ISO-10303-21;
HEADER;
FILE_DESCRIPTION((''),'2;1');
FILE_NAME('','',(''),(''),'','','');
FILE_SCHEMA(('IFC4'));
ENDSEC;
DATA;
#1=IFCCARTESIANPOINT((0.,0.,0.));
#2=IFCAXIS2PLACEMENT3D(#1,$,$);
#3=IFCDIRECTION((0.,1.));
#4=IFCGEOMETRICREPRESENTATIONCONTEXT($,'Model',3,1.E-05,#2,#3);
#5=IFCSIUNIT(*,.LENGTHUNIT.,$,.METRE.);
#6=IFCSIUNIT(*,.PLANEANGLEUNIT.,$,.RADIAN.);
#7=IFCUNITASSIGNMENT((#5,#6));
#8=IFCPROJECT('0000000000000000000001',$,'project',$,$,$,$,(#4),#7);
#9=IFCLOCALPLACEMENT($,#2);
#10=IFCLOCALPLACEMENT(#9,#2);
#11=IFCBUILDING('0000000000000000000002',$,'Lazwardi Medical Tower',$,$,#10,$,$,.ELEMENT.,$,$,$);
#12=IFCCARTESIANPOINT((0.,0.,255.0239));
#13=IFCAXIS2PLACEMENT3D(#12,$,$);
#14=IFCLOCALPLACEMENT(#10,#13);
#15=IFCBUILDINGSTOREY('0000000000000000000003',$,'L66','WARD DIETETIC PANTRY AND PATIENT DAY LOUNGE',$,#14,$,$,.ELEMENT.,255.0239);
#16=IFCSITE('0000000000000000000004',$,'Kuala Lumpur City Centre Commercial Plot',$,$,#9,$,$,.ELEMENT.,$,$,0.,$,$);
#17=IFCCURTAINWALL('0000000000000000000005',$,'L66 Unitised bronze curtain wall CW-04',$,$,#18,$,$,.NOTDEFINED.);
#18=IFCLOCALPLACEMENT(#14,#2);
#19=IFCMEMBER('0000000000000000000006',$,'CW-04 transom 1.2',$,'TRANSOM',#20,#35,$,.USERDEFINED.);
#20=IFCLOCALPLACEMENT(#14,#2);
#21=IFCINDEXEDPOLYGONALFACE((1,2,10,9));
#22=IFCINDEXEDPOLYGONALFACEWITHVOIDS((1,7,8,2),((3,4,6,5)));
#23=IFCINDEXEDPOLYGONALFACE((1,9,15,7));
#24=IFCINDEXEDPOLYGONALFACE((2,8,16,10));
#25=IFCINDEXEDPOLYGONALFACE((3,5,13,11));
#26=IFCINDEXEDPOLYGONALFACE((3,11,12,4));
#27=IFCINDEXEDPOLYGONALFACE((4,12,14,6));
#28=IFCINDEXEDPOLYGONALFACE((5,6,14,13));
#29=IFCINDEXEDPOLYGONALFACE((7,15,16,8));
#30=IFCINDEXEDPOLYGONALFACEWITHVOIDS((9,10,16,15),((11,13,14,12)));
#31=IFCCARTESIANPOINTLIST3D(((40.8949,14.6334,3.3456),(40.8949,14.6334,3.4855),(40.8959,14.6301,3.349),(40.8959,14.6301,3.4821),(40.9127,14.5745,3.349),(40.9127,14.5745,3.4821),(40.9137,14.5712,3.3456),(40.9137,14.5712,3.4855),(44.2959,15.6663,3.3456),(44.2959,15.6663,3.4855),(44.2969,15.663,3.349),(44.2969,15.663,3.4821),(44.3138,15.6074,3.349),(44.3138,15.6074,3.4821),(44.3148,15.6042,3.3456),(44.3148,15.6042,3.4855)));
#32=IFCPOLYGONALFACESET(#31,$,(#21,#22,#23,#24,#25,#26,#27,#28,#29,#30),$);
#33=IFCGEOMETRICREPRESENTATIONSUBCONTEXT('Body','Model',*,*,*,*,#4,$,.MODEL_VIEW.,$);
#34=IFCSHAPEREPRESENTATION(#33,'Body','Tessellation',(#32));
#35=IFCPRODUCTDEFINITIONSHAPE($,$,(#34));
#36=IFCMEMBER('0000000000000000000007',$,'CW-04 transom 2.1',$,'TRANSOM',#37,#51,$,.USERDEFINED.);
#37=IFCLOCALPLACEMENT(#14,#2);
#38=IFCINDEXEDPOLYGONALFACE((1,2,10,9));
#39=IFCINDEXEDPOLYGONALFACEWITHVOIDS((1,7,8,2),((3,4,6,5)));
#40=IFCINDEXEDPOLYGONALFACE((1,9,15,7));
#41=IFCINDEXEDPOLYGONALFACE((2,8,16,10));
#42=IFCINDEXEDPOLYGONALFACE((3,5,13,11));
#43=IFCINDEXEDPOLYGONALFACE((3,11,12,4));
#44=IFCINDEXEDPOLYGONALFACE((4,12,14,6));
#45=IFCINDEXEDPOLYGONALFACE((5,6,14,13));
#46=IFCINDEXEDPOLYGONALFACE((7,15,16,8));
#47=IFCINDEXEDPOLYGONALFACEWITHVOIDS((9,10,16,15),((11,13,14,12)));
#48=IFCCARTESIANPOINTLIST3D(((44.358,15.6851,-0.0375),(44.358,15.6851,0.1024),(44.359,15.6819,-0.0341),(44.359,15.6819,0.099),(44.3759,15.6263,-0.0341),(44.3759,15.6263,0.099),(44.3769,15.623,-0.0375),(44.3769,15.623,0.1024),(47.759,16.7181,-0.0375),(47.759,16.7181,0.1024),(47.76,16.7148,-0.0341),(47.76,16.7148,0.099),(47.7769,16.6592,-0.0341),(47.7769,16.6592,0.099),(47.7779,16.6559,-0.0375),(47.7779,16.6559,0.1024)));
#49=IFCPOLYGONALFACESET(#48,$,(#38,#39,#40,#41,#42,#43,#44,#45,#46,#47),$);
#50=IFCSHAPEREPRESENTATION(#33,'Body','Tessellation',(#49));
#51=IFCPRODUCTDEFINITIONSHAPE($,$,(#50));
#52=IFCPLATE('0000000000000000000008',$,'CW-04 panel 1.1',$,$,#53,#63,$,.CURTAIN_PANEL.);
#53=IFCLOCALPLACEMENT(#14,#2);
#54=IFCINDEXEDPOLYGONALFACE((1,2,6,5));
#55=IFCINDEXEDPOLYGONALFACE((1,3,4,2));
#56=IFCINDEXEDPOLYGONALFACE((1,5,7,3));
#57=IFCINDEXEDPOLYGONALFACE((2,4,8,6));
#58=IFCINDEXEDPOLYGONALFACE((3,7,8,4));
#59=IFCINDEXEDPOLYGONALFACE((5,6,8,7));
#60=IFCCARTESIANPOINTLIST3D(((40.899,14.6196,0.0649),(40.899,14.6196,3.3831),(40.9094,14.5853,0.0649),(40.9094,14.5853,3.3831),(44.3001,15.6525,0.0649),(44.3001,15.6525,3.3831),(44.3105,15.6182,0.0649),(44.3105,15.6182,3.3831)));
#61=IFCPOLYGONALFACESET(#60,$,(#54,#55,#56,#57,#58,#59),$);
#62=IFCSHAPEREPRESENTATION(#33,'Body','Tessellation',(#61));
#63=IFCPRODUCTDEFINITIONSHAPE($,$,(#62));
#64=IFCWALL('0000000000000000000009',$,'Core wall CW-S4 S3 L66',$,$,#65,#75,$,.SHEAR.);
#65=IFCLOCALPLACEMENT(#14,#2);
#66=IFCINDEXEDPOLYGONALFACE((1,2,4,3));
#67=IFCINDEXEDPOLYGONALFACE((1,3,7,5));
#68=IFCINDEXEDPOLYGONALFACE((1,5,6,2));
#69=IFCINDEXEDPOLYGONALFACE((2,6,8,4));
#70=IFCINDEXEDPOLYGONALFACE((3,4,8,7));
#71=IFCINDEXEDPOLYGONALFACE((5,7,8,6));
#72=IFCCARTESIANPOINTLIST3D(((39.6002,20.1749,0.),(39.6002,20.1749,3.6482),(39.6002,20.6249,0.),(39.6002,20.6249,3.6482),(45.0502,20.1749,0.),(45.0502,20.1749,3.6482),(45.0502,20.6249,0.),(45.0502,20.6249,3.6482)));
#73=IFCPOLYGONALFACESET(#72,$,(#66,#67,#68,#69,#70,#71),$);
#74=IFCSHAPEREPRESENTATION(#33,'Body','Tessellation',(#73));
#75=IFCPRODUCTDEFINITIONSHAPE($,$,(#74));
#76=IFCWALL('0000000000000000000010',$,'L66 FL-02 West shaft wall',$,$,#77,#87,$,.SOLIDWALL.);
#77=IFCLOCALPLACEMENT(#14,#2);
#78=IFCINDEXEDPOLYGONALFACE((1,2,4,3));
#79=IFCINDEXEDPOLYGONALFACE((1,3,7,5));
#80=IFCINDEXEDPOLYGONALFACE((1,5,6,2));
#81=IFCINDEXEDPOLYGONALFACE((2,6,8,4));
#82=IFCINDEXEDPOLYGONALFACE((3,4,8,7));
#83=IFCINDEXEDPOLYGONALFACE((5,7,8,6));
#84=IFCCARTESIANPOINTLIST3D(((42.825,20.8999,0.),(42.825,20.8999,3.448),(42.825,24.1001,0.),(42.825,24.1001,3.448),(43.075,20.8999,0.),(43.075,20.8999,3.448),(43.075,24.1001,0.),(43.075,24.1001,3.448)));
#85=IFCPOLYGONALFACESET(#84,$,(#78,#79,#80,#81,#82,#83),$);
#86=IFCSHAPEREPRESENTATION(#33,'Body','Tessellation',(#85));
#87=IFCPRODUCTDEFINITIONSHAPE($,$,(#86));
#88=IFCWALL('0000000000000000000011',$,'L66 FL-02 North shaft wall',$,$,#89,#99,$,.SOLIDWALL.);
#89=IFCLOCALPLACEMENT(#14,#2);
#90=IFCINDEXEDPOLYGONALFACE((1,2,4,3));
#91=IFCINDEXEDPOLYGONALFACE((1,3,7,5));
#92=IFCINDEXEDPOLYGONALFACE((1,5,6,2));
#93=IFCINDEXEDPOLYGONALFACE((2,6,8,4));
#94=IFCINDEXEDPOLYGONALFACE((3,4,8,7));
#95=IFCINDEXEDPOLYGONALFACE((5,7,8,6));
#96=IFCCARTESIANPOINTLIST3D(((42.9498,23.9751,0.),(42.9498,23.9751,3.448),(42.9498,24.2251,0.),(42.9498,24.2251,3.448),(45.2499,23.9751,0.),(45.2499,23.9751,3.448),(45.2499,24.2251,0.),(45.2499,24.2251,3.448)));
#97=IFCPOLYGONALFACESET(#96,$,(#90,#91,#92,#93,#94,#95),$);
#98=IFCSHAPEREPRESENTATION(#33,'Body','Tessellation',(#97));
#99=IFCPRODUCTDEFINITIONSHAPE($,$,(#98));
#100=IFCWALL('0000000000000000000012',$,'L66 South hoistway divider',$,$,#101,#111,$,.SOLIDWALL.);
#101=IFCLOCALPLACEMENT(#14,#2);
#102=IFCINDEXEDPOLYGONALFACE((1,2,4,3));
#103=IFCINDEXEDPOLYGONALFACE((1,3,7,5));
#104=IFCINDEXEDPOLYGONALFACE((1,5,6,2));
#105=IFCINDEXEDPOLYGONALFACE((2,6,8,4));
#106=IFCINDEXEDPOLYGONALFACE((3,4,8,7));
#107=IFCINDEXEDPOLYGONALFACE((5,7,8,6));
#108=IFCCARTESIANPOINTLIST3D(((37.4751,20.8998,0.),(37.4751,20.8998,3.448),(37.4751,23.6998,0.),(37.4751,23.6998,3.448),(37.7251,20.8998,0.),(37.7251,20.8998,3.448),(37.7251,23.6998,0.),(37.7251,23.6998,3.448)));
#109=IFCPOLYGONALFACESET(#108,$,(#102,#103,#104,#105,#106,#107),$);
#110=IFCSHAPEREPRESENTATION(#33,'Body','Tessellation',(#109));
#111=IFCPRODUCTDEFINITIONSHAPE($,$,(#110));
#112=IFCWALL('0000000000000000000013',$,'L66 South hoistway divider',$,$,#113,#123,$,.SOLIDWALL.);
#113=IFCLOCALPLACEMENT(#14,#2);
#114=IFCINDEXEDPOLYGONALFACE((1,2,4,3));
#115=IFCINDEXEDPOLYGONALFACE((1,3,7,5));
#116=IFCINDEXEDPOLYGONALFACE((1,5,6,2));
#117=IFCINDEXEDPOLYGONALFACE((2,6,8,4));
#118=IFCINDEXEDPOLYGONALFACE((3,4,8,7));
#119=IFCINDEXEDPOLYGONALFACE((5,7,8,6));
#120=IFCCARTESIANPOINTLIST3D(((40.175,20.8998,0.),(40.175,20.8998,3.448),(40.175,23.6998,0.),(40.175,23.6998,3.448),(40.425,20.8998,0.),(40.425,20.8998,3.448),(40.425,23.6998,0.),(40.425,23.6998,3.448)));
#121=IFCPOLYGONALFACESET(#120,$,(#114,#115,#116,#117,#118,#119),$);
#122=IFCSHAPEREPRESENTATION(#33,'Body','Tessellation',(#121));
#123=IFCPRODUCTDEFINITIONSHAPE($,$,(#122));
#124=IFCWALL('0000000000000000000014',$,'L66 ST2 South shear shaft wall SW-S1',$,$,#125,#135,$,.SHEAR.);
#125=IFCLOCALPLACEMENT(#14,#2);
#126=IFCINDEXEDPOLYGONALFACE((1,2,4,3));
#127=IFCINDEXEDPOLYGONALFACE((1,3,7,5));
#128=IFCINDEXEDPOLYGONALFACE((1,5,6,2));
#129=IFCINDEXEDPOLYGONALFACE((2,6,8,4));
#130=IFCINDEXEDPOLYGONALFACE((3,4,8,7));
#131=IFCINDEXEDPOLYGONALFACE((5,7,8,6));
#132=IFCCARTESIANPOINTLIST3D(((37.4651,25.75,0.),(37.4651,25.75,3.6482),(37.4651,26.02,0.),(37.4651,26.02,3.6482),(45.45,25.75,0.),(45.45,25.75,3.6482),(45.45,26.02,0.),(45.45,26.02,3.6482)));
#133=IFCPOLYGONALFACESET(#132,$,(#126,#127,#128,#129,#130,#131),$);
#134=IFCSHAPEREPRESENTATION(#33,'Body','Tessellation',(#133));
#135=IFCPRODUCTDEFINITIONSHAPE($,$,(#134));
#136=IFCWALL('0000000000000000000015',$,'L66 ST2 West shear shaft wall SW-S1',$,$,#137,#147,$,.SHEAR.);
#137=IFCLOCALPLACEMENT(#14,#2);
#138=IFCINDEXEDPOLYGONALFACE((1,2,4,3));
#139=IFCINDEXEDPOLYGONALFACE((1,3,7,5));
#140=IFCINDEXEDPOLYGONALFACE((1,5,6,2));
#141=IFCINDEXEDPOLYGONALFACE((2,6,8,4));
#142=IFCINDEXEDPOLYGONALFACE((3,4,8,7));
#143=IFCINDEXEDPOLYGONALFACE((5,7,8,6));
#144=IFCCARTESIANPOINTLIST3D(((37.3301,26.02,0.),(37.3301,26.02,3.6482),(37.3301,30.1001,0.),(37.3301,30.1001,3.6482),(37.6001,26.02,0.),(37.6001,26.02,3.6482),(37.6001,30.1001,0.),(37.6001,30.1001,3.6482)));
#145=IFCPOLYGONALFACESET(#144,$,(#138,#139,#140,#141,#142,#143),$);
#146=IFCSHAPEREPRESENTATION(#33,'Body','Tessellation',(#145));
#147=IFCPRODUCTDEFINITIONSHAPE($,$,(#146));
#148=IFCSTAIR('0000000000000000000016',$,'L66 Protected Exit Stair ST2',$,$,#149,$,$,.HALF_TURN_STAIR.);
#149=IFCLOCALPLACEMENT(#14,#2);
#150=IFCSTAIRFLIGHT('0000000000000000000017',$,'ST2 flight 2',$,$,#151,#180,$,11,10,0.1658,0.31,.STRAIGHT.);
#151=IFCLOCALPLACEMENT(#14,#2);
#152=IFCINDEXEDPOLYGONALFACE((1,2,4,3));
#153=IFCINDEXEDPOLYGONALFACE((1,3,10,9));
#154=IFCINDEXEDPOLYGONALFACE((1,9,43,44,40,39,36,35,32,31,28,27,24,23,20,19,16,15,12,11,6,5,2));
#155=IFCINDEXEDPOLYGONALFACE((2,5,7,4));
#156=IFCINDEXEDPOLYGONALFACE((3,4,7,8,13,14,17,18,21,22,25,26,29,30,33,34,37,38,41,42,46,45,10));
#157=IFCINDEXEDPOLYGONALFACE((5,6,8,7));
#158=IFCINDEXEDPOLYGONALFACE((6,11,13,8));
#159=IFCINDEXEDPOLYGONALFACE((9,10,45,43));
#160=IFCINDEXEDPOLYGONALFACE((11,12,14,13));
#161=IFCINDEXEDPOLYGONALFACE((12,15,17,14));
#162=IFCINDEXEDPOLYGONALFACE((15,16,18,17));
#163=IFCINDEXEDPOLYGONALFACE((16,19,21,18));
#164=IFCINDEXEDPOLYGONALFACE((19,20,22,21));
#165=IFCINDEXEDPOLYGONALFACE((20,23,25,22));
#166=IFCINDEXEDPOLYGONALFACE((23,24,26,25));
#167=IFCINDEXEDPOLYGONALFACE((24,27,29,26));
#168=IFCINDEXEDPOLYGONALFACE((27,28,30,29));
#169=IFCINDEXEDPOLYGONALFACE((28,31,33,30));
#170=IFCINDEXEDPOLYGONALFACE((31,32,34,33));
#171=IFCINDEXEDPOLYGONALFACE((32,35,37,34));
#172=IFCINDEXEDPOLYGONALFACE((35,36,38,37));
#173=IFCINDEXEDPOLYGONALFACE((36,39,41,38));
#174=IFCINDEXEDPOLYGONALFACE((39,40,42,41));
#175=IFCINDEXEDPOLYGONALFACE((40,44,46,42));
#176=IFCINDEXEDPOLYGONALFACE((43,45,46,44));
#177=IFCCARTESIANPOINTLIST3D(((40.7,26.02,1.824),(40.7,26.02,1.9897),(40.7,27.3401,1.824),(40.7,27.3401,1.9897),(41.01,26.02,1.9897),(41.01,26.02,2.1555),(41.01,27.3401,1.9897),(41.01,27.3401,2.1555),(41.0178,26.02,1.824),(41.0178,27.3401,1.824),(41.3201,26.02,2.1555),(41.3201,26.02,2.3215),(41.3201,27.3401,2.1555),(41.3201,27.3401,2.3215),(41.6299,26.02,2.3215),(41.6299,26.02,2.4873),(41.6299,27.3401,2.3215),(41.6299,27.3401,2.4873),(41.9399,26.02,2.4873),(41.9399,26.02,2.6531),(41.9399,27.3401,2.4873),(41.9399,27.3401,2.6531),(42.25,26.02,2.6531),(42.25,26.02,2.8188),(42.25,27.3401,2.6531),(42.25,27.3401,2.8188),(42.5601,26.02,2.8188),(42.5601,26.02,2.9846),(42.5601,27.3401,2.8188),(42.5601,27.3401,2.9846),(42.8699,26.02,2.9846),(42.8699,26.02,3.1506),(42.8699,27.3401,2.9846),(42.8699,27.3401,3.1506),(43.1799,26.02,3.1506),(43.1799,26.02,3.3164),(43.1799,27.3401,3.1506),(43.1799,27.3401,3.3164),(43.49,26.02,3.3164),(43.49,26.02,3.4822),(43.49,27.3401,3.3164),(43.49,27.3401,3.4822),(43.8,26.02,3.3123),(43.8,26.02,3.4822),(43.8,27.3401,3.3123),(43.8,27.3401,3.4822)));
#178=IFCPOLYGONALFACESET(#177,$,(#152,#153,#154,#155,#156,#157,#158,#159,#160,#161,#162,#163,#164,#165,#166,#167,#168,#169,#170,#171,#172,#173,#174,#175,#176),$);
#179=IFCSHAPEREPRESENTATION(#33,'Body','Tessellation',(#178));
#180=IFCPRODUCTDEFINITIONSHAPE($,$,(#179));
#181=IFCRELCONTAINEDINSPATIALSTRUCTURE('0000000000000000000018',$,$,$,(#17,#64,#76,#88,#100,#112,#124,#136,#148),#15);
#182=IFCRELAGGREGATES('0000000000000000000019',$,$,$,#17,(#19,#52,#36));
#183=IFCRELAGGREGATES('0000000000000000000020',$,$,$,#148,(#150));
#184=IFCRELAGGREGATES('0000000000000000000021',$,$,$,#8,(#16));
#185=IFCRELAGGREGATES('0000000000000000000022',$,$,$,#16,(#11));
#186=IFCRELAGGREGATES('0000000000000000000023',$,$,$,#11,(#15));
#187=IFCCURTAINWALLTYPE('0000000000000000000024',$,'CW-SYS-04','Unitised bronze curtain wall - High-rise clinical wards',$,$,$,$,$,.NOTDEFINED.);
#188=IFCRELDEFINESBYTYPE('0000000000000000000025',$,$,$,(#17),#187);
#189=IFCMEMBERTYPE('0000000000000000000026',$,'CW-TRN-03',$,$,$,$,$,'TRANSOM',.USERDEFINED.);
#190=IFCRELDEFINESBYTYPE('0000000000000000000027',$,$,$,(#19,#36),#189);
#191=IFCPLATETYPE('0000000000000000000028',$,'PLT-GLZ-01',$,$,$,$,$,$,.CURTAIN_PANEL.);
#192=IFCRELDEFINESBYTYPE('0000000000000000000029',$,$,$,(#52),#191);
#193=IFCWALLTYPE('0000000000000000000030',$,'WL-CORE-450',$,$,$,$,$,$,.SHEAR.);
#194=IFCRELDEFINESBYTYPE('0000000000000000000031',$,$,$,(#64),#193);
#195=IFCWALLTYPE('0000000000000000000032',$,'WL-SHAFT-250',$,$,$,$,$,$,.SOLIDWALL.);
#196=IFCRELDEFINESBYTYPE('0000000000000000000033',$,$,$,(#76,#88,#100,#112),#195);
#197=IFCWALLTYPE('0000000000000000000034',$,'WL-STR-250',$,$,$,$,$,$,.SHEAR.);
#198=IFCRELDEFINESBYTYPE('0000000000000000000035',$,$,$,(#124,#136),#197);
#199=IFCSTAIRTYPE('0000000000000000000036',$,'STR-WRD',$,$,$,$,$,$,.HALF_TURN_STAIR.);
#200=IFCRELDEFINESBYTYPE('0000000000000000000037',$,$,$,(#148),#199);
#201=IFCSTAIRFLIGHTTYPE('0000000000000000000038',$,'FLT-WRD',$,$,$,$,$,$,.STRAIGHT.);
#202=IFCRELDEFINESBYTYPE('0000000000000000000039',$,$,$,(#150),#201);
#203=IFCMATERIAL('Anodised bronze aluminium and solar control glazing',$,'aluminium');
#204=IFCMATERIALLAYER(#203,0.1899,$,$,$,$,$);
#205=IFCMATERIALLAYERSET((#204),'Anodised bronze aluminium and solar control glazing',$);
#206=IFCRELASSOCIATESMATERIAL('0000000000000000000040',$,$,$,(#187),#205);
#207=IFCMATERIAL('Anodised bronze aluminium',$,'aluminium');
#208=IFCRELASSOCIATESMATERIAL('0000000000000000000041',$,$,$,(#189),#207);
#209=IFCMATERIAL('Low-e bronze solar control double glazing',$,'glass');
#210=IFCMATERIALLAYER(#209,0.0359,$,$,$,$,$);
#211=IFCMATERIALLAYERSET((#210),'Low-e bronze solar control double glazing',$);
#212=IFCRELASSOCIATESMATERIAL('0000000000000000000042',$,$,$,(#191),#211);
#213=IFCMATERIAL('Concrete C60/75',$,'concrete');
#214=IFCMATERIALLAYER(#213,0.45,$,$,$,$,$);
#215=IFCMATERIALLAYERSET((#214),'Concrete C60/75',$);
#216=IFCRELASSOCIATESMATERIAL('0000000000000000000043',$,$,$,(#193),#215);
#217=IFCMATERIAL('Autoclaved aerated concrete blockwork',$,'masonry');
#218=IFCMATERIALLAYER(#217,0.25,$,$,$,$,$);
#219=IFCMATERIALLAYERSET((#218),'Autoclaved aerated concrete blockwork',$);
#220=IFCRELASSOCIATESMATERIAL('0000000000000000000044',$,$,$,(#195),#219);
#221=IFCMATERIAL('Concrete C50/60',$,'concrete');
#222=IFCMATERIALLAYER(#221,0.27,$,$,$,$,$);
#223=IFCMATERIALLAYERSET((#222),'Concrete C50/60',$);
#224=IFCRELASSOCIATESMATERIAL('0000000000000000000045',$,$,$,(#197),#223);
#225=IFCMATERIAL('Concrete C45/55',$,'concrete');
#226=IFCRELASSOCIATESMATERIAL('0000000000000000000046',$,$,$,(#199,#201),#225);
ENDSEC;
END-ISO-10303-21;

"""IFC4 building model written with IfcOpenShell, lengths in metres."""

from ifc_helpers import new_model, si_unit, direction, frame, frame_2d, origin, origin_2d, place, context, subcontext, project, spatial, polyline, rectangle, hollow_rectangle, outline, extrude, material, layer, layer_set, material_profile, profile_set, type_object, element, aggregate, save


model = new_model("IFC4")

# Units and contexts
model_context = context("Model", 3, precision=1e-05, world=origin(), true_north=direction((0.0, 1.0)))
body_context = subcontext(model_context, "Body", "Model", "MODEL_VIEW")
ifc_project = project(units=[si_unit("LENGTHUNIT", "METRE"), si_unit("PLANEANGLEUNIT", "RADIAN")], contexts=[model_context])

# Site, building, storey
site_placement = place(None, origin())
site = spatial("IfcSite", under=ifc_project, at=site_placement, Name="Kuala Lumpur City Centre Commercial Plot", CompositionType="ELEMENT", RefElevation=0.0)
building_placement = place(site_placement, origin())
building = spatial("IfcBuilding", under=site, at=building_placement, Name="Lazwardi Medical Tower", CompositionType="ELEMENT")
storey_placement = place(building_placement, frame((0.0, 0.0, 255.0239)))
storey = spatial("IfcBuildingStorey", under=building, at=storey_placement, Name="L66", Description="WARD DIETETIC PANTRY AND PATIENT DAY LOUNGE", CompositionType="ELEMENT", Elevation=255.0239)

# Shared definitions
ifc_material_1 = material(Name="Concrete C60/75", Category="concrete")

# Curtain wall, members, plate
ifc_material_2 = material(Name="Anodised bronze aluminium and solar control glazing", Category="aluminium")
ifc_layer_1 = layer(ifc_material_2, 0.1899)
ifc_layer_set_1 = layer_set([ifc_layer_1], Name="Anodised bronze aluminium and solar control glazing")
curtain_wall_type = type_object("IfcCurtainWallType", Name="CW-SYS-04", Description="Unitised bronze curtain wall - High-rise clinical wards", PredefinedType="NOTDEFINED", material=ifc_layer_set_1)
curtain_wall_placement = place(storey_placement, origin())
curtain_wall = element("IfcCurtainWall", 1, at=curtain_wall_placement, inside=storey, type_object=curtain_wall_type, Name="L66 Unitised bronze curtain wall CW-04", PredefinedType="NOTDEFINED")
ifc_material_3 = material(Name="Anodised bronze aluminium", Category="aluminium")
ifc_material_profile_1 = material_profile(ifc_material_3, hollow_rectangle(XDim=0.0649, YDim=0.1399, WallThickness=0.0034, at=origin_2d()), Name="ALU-TRANSOM 140x65x3.5")
ifc_profile_set_1 = profile_set([ifc_material_profile_1], Name="Anodised bronze aluminium")
member_type_1 = type_object("IfcMemberType", Name="CW-TRN-03", ElementType="TRANSOM", PredefinedType="USERDEFINED", material=ifc_profile_set_1)
member_1_placement = place(storey_placement, frame((40.9043, 14.6023, 3.4155), z_axis=(0.956843, 0.290604, 0.0), x_axis=(-0.290604, 0.956843, 0.0)))
member_1 = element("IfcMember", 2, at=member_1_placement, type_object=member_type_1, Name="CW-04 transom 1.2", ObjectType="TRANSOM", PredefinedType="USERDEFINED", context=body_context, shape_type="SweptSolid", body=[
    extrude(hollow_rectangle(XDim=0.0649, YDim=0.1399, WallThickness=0.0034, at=origin_2d()), origin(), (0.0, 0.0, 1.0), 3.5544),
])
member_2_placement = place(storey_placement, frame((44.3674, 15.6541, 0.0325), z_axis=(0.956843, 0.290604, 0.0), x_axis=(-0.290604, 0.956843, 0.0)))
member_2 = element("IfcMember", 3, at=member_2_placement, type_object=member_type_1, Name="CW-04 transom 2.1", ObjectType="TRANSOM", PredefinedType="USERDEFINED", context=body_context, shape_type="SweptSolid", body=[
    extrude(hollow_rectangle(XDim=0.0649, YDim=0.1399, WallThickness=0.0034, at=origin_2d()), origin(), (0.0, 0.0, 1.0), 3.5544),
])
ifc_material_4 = material(Name="Low-e bronze solar control double glazing", Category="glass")
ifc_layer_2 = layer(ifc_material_4, 0.0359)
ifc_layer_set_2 = layer_set([ifc_layer_2], Name="Low-e bronze solar control double glazing")
plate_type = type_object("IfcPlateType", Name="PLT-GLZ-01", PredefinedType="CURTAIN_PANEL", material=ifc_layer_set_2)
plate_placement = place(storey_placement, frame((42.6047, 15.1189, 0.0649), z_axis=(0.0, 0.0, 1.0), x_axis=(0.95685, 0.290582, 0.0)))
plate = element("IfcPlate", 4, at=plate_placement, type_object=plate_type, Name="CW-04 panel 1.1", PredefinedType="CURTAIN_PANEL", context=body_context, shape_type="SweptSolid", body=[
    extrude(rectangle(XDim=3.5544, YDim=0.0359, at=origin_2d()), origin(), (0.0, 0.0, 1.0), 3.3181),
])
aggregate(curtain_wall, [member_1, plate, member_2])

# Walls
ifc_layer_3 = layer(ifc_material_1, 0.45)
ifc_layer_set_3 = layer_set([ifc_layer_3], Name="Concrete C60/75")
wall_type_1 = type_object("IfcWallType", Name="WL-CORE-450", PredefinedType="SHEAR", material=ifc_layer_set_3)
wall_1_placement = place(storey_placement, frame((39.6001, 20.3999, 0.0), z_axis=(0.0, 0.0, 1.0), x_axis=(1.0, 0.0, 0.0)))
element("IfcWall", 5, at=wall_1_placement, inside=storey, type_object=wall_type_1, Name="Core wall CW-S4 S3 L66", PredefinedType="SHEAR", context=body_context, shape_type="SweptSolid", body=[
    extrude(rectangle(XDim=5.45, YDim=0.45, at=frame_2d((2.7251, 0.0))), origin(), (0.0, 0.0, 1.0), 3.6482),
])
ifc_material_5 = material(Name="Autoclaved aerated concrete blockwork", Category="masonry")
ifc_layer_4 = layer(ifc_material_5, 0.25)
ifc_layer_set_4 = layer_set([ifc_layer_4], Name="Autoclaved aerated concrete blockwork")
wall_type_2 = type_object("IfcWallType", Name="WL-SHAFT-250", PredefinedType="SOLIDWALL", material=ifc_layer_set_4)
wall_2_placement = place(storey_placement, frame((42.95, 20.8999, 0.0), z_axis=(0.0, 0.0, 1.0), x_axis=(0.0, 1.0, 0.0)))
element("IfcWall", 6, at=wall_2_placement, inside=storey, type_object=wall_type_2, Name="L66 FL-02 West shaft wall", PredefinedType="SOLIDWALL", context=body_context, shape_type="SweptSolid", body=[
    extrude(rectangle(XDim=3.2002, YDim=0.25, at=frame_2d((1.6001, 0.0))), origin(), (0.0, 0.0, 1.0), 3.448),
])
wall_3_placement = place(storey_placement, frame((42.95, 24.1001, 0.0), z_axis=(0.0, 0.0, 1.0), x_axis=(1.0, 0.0, 0.0)))
element("IfcWall", 7, at=wall_3_placement, inside=storey, type_object=wall_type_2, Name="L66 FL-02 North shaft wall", PredefinedType="SOLIDWALL", context=body_context, shape_type="SweptSolid", body=[
    extrude(rectangle(XDim=2.3, YDim=0.25, at=frame_2d((1.1499, 0.0))), origin(), (0.0, 0.0, 1.0), 3.448),
])
for number, where, z_axis, x_axis, name in (
    (8, (37.6001, 20.8999, 0.0), (0.0, 0.0, 1.0), (0.0, 1.0, 0.0), "L66 South hoistway divider"),
    (9, (40.3, 20.8999, 0.0), (0.0, 0.0, 1.0), (0.0, 1.0, 0.0), "L66 South hoistway divider"),
):
    element("IfcWall", number, at=place(storey_placement, frame(where, z_axis=z_axis, x_axis=x_axis)), inside=storey, type_object=wall_type_2, Name=name, PredefinedType="SOLIDWALL", context=body_context, shape_type="SweptSolid", body=[
        extrude(rectangle(XDim=2.8, YDim=0.25, at=frame_2d((1.3999, 0.0))), origin(), (0.0, 0.0, 1.0), 3.448),
    ])
ifc_material_6 = material(Name="Concrete C50/60", Category="concrete")
ifc_layer_5 = layer(ifc_material_6, 0.27)
ifc_layer_set_5 = layer_set([ifc_layer_5], Name="Concrete C50/60")
wall_type_3 = type_object("IfcWallType", Name="WL-STR-250", PredefinedType="SHEAR", material=ifc_layer_set_5)
wall_4_placement = place(storey_placement, frame((37.4651, 25.885, 0.0), z_axis=(0.0, 0.0, 1.0), x_axis=(1.0, 0.0, 0.0)))
element("IfcWall", 10, at=wall_4_placement, inside=storey, type_object=wall_type_3, Name="L66 ST2 South shear shaft wall SW-S1", PredefinedType="SHEAR", context=body_context, shape_type="SweptSolid", body=[
    extrude(rectangle(XDim=7.9849, YDim=0.27, at=frame_2d((3.9924, 0.0))), origin(), (0.0, 0.0, 1.0), 3.6482),
])
wall_5_placement = place(storey_placement, frame((37.4651, 26.02, 0.0), z_axis=(0.0, 0.0, 1.0), x_axis=(0.0, 1.0, 0.0)))
element("IfcWall", 11, at=wall_5_placement, inside=storey, type_object=wall_type_3, Name="L66 ST2 West shear shaft wall SW-S1", PredefinedType="SHEAR", context=body_context, shape_type="SweptSolid", body=[
    extrude(rectangle(XDim=4.0801, YDim=0.27, at=frame_2d((2.04, 0.0))), origin(), (0.0, 0.0, 1.0), 3.6482),
])

# Stair, stair flight
ifc_material_7 = material(Name="Concrete C45/55", Category="concrete")
stair_type = type_object("IfcStairType", Name="STR-WRD", PredefinedType="HALF_TURN_STAIR", material=ifc_material_7)
stair_placement = place(storey_placement, origin())
stair = element("IfcStair", 12, at=stair_placement, inside=storey, type_object=stair_type, Name="L66 Protected Exit Stair ST2", PredefinedType="HALF_TURN_STAIR")
stair_flight_type = type_object("IfcStairFlightType", Name="FLT-WRD", PredefinedType="STRAIGHT", material=ifc_material_7)
stair_flight_placement = place(storey_placement, frame((40.7, 26.6799, 1.824), z_axis=(0.0, 0.0, 1.0), x_axis=(1.0, 0.0, 0.0)))
stair_flight = element("IfcStairFlight", 13, at=stair_flight_placement, type_object=stair_flight_type, Name="ST2 flight 2", NumberOfRisers=11, NumberOfTreads=10, PredefinedType="STRAIGHT", RiserHeight=0.1658, TreadLength=0.31, context=body_context, shape_type="SweptSolid", body=[
    extrude(outline(polyline([(0.0, 0.0), (0.0, 0.1658), (0.3101, 0.1658), (0.3101, 0.3315), (0.6201, 0.3315), (0.6201, 0.4976), (0.9299, 0.4976), (0.9299, 0.6633), (1.24, 0.6633), (1.24, 0.8291), (1.55, 0.8291), (1.55, 0.9949), (1.8601, 0.9949), (1.8601, 1.1606), (2.1699, 1.1606), (2.1699, 1.3267), (2.48, 1.3267), (2.48, 1.4924), (2.79, 1.4924), (2.79, 1.6582), (3.1001, 1.6582), (3.1001, 1.824), (3.1001, 1.4883), (0.3179, 0.0), (0.0, 0.0)])), frame((0.0, 0.6602, 0.0), z_axis=(0.0, -1.0, 0.0), x_axis=(1.0, 0.0, 0.0)), (0.0, 0.0, 1.0), 1.3201),
])
aggregate(stair, [stair_flight])

save(model, "model.ifc")
